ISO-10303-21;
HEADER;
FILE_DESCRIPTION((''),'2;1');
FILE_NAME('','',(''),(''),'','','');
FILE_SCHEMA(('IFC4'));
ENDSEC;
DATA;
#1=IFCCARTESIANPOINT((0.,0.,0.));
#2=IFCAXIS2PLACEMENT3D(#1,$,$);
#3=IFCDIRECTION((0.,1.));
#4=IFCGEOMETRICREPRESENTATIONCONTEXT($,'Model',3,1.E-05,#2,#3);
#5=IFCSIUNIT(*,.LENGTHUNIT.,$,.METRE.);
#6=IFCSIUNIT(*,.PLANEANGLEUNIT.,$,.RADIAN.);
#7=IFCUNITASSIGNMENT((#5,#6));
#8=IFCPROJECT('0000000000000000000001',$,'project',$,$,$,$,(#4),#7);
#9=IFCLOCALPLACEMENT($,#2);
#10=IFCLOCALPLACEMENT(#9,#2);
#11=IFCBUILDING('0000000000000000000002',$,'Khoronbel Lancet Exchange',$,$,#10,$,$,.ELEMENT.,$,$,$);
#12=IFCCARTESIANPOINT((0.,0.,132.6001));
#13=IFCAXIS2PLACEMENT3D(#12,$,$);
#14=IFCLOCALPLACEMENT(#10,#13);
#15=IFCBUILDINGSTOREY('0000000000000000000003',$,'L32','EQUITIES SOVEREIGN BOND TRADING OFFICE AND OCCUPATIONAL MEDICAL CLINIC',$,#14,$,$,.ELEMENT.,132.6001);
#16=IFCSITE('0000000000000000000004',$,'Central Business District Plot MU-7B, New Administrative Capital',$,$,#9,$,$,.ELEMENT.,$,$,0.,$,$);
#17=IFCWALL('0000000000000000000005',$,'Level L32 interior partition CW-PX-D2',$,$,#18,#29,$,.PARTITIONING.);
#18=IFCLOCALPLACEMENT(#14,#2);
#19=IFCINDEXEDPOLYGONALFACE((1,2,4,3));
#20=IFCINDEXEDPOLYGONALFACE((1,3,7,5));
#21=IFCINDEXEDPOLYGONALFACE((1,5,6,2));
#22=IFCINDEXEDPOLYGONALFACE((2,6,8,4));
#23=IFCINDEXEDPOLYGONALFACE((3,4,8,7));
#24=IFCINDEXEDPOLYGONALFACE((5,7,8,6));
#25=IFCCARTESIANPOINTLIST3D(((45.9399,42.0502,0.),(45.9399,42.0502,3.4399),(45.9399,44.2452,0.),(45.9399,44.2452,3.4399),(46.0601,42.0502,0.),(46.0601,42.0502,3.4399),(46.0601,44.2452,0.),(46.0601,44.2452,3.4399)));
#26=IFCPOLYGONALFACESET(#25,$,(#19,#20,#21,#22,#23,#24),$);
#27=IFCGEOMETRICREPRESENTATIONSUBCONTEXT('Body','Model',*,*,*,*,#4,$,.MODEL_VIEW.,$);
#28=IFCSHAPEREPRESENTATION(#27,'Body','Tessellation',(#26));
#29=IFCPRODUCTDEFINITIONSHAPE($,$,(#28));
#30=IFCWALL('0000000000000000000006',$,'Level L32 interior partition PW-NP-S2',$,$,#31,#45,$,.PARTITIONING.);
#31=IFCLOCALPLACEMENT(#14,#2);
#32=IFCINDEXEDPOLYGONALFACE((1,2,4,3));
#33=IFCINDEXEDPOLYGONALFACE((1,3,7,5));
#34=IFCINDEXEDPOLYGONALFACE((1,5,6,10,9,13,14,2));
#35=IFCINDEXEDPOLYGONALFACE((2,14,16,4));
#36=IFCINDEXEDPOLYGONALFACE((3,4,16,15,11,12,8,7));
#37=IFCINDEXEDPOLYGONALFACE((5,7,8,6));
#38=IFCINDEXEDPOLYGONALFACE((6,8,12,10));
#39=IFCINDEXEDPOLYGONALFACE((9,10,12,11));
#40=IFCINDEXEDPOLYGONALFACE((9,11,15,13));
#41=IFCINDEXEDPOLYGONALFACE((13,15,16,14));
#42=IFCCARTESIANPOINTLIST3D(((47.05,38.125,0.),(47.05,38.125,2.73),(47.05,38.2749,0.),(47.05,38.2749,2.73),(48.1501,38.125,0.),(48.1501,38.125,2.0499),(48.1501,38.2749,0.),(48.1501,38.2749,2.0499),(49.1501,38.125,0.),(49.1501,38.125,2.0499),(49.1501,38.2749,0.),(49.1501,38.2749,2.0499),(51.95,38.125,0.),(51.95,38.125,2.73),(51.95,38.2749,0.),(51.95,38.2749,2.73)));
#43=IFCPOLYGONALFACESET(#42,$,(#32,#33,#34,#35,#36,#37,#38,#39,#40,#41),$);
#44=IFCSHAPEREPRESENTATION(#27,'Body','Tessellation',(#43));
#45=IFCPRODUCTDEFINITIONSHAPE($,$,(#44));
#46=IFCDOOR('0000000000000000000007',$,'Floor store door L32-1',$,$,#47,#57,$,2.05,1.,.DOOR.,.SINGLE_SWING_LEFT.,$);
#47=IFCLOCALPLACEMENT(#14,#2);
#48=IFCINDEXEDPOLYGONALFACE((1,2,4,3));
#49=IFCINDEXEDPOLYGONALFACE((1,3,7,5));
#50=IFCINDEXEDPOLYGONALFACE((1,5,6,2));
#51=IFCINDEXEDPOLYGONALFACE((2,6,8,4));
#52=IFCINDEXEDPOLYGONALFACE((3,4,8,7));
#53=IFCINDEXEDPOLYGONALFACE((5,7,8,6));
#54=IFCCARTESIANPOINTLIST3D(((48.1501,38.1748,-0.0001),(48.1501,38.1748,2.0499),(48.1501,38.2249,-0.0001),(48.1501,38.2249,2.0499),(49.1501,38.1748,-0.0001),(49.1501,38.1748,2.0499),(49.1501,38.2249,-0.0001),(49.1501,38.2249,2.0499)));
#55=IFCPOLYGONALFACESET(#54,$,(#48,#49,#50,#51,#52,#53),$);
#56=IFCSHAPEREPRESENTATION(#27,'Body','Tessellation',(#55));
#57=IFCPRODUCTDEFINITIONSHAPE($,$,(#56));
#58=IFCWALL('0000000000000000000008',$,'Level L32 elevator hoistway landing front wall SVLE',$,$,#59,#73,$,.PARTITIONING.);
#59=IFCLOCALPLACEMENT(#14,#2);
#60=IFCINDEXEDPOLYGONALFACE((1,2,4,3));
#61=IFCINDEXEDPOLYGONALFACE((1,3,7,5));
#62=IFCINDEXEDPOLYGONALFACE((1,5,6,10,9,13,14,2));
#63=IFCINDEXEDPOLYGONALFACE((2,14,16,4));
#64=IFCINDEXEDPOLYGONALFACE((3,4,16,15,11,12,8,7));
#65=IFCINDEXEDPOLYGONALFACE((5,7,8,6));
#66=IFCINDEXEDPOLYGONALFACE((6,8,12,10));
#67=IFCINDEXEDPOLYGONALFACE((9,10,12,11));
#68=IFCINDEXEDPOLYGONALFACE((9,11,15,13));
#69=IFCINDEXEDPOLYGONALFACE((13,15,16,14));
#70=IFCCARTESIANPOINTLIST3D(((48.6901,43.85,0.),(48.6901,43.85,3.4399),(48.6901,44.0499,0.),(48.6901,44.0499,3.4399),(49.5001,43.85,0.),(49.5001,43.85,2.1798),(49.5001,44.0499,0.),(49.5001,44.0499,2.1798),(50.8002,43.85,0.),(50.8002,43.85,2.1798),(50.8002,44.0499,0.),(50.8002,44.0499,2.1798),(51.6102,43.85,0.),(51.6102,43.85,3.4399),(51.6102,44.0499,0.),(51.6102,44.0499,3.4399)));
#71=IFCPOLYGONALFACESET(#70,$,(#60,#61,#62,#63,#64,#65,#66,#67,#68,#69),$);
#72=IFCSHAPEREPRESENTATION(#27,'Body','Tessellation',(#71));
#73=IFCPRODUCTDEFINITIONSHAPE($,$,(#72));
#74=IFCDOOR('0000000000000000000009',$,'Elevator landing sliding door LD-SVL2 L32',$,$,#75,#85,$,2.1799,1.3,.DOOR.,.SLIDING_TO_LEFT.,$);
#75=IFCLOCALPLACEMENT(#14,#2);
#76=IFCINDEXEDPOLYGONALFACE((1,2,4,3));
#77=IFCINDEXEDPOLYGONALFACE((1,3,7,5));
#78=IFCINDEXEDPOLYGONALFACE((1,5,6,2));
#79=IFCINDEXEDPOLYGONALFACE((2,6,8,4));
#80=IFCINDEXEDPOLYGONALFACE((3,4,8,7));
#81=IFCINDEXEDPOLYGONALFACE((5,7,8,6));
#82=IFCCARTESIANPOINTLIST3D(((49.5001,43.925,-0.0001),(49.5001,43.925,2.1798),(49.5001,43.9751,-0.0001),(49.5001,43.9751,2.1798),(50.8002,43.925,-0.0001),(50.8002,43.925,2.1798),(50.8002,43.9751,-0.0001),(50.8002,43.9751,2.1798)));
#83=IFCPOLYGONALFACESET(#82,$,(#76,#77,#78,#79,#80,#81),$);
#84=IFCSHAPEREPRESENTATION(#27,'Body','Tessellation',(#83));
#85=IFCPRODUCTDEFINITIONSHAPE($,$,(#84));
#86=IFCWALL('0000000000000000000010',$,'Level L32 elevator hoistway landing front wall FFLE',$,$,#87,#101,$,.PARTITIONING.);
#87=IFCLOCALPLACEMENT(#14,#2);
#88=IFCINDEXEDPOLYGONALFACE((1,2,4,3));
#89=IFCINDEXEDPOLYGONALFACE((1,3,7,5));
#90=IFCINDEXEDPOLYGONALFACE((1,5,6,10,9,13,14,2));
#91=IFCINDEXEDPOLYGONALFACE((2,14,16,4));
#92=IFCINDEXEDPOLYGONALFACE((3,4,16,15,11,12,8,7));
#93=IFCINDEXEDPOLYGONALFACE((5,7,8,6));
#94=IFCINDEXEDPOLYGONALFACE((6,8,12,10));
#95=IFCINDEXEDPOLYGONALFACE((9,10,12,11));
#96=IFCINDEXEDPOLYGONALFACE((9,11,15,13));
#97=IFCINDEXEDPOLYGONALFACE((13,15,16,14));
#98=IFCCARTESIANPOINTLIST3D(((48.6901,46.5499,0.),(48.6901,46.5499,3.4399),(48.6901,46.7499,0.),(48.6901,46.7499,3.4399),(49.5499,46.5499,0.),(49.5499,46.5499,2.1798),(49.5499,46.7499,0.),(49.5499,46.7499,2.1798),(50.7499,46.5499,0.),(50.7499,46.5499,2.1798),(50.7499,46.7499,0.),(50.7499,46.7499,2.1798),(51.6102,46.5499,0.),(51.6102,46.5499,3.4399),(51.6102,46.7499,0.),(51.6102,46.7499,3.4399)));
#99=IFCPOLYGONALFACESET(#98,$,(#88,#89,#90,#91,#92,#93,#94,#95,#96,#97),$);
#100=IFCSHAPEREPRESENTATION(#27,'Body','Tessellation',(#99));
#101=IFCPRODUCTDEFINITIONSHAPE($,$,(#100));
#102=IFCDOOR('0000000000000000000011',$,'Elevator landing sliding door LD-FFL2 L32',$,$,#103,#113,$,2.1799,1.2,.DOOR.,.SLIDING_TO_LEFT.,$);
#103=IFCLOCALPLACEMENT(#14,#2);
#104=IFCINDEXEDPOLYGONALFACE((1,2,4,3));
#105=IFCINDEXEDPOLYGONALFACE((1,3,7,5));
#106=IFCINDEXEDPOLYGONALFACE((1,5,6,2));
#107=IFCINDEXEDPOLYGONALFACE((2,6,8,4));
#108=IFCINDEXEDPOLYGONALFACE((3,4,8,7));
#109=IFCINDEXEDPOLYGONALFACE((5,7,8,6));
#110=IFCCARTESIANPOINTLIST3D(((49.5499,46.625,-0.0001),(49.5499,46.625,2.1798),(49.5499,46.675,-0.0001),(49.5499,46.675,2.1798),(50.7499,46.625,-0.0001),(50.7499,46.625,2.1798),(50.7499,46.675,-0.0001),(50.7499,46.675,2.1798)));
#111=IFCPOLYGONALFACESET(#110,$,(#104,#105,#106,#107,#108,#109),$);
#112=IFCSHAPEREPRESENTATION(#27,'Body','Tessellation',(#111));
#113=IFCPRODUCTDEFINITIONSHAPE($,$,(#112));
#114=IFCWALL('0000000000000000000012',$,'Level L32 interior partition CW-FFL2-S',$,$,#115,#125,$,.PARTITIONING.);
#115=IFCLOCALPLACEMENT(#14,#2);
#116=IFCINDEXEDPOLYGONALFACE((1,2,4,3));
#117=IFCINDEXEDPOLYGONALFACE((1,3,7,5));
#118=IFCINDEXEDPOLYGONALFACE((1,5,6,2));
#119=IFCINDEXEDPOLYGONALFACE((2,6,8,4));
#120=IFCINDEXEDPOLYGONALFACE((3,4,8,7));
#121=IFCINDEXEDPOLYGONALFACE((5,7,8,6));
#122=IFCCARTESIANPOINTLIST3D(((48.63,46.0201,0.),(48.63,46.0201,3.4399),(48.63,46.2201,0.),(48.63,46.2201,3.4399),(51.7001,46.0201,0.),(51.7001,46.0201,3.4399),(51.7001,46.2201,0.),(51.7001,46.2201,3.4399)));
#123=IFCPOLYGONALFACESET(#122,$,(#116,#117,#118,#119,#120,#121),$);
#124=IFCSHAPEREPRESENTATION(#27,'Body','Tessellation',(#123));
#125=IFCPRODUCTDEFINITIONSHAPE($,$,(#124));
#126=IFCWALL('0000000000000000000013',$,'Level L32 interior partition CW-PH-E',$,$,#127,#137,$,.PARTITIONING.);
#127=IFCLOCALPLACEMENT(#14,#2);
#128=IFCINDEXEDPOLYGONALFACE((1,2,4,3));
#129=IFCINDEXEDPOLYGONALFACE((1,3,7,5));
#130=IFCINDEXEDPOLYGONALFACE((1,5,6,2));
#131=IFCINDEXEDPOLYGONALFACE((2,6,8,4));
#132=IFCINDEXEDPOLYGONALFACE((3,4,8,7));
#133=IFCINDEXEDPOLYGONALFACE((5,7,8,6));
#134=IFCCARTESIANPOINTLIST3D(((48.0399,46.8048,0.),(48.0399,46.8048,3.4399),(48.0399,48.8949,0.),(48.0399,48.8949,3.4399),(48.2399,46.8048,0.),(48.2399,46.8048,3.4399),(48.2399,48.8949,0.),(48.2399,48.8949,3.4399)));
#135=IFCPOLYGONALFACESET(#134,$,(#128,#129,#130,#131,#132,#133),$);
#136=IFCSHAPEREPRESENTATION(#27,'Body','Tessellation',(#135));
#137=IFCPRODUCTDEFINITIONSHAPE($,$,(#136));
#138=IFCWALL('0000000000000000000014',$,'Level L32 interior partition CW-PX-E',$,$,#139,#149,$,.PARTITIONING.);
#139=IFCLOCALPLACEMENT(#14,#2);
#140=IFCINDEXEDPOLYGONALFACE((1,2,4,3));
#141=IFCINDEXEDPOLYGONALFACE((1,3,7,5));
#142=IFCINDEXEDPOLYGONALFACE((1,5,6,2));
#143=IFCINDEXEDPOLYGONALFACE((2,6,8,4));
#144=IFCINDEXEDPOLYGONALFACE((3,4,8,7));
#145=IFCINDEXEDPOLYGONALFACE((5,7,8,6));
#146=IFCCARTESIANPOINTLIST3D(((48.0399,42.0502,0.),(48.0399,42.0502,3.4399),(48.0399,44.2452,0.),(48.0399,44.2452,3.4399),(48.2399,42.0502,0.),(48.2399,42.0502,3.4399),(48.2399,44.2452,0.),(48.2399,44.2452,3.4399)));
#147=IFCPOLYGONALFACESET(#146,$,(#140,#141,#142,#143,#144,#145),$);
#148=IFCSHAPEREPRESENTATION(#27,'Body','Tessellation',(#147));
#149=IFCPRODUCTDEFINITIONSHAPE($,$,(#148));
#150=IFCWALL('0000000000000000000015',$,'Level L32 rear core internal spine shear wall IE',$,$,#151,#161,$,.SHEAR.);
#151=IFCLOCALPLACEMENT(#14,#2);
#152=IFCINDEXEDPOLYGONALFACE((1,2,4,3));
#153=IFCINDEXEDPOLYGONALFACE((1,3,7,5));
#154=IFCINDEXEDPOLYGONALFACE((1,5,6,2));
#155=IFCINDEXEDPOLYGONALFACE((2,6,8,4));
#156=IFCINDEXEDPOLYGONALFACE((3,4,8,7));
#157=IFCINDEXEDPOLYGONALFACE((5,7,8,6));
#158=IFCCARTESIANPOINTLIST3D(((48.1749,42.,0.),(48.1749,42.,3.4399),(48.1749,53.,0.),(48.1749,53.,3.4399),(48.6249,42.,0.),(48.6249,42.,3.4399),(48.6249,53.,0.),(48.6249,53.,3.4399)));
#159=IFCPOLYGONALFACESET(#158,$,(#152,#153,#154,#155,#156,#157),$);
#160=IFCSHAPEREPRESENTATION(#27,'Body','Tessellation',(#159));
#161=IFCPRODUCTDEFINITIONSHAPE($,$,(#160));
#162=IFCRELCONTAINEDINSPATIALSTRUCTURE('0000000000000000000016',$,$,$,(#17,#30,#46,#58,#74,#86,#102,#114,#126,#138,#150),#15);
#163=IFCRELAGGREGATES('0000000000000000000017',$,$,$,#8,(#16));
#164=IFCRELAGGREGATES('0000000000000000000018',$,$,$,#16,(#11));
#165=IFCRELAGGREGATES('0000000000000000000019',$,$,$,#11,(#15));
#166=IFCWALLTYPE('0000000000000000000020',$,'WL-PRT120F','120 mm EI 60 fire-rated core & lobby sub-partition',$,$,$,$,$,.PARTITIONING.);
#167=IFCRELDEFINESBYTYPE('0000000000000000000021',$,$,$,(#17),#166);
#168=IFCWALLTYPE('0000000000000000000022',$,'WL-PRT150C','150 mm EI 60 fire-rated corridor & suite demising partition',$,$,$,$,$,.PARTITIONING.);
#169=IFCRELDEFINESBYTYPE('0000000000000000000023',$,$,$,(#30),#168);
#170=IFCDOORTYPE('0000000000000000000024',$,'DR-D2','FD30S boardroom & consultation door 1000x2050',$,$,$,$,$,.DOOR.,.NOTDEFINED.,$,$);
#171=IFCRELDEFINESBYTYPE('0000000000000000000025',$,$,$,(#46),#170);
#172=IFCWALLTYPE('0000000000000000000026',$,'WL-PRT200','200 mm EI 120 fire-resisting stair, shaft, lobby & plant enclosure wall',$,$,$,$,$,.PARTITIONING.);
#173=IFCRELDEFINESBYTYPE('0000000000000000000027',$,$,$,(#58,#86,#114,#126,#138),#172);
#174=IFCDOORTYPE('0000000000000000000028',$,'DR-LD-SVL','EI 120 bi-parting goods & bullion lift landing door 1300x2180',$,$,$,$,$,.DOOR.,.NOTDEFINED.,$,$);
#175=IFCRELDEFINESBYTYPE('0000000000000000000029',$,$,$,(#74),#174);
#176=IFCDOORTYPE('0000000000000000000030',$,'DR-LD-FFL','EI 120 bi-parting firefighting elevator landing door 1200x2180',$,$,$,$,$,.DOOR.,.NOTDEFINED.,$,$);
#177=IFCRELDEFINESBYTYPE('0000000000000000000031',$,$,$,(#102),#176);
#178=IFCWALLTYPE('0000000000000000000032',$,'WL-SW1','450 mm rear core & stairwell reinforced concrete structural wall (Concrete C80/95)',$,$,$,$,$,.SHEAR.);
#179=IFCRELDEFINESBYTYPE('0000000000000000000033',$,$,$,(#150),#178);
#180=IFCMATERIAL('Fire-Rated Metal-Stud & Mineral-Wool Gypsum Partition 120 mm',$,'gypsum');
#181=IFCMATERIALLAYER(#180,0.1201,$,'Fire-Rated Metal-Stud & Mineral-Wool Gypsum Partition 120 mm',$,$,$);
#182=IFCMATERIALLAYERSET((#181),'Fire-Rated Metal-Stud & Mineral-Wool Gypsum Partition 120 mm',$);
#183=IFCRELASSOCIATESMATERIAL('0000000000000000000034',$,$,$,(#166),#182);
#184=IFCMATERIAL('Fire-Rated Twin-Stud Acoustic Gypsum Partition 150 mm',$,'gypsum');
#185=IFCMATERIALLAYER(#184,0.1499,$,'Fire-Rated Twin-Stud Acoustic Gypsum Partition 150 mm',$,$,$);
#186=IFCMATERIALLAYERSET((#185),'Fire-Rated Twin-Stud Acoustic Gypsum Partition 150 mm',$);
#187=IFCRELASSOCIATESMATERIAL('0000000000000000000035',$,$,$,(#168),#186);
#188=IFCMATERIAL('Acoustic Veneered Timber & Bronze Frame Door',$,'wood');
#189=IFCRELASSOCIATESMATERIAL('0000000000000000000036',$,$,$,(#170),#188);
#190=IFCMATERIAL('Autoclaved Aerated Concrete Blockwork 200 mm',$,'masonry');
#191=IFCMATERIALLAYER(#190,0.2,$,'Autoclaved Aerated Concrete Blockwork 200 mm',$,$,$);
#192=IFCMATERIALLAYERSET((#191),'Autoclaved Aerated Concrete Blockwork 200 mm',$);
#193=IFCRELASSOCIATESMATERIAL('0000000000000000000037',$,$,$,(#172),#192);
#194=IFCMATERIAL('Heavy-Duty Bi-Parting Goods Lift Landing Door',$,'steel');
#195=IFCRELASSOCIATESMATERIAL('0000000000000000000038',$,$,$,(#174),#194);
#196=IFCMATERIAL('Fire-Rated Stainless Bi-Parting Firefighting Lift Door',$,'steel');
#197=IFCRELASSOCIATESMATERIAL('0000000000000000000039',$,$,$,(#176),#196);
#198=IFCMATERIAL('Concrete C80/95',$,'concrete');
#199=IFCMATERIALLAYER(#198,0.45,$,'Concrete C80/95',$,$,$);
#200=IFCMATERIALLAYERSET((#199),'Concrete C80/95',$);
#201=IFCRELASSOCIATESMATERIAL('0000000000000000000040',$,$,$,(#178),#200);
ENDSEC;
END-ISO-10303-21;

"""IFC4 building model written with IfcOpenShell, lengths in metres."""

from ifc_helpers import new_model, si_unit, direction, frame, frame_2d, origin, place, context, subcontext, project, spatial, rectangle, extrude, material, layer, layer_set, type_object, element, fill, save


model = new_model("IFC4")

# Units and contexts
model_context = context("Model", 3, precision=1e-05, world=origin(), true_north=direction((0.0, 1.0)))
body_context = subcontext(model_context, "Body", "Model", "MODEL_VIEW")
ifc_project = project(units=[si_unit("LENGTHUNIT", "METRE"), si_unit("PLANEANGLEUNIT", "RADIAN")], contexts=[model_context])

# Site, building, storey
site_placement = place(None, origin())
site = spatial("IfcSite", under=ifc_project, at=site_placement, Name="Central Business District Plot MU-7B, New Administrative Capital", CompositionType="ELEMENT", RefElevation=0.0)
building_placement = place(site_placement, origin())
building = spatial("IfcBuilding", under=site, at=building_placement, Name="Khoronbel Lancet Exchange", CompositionType="ELEMENT")
storey_placement = place(building_placement, frame((0.0, 0.0, 132.6001)))
storey = spatial("IfcBuildingStorey", under=building, at=storey_placement, Name="L32", Description="EQUITIES SOVEREIGN BOND TRADING OFFICE AND OCCUPATIONAL MEDICAL CLINIC", CompositionType="ELEMENT", Elevation=132.6001)

# Wall
ifc_material_1 = material(Name="Fire-Rated Metal-Stud & Mineral-Wool Gypsum Partition 120 mm", Category="gypsum")
ifc_layer_1 = layer(ifc_material_1, 0.1201, Name="Fire-Rated Metal-Stud & Mineral-Wool Gypsum Partition 120 mm")
ifc_layer_set_1 = layer_set([ifc_layer_1], Name="Fire-Rated Metal-Stud & Mineral-Wool Gypsum Partition 120 mm")
wall_type_1 = type_object("IfcWallType", Name="WL-PRT120F", Description="120 mm EI 60 fire-rated core & lobby sub-partition", PredefinedType="PARTITIONING", material=ifc_layer_set_1)
for number, where, z_axis, x_axis, name in (
    (1, (46.0, 42.05, 0.0), (0.0, 0.0, 1.0), (0.0, 1.0, 0.0), "Level L32 interior partition CW-PX-D2"),
):
    element("IfcWall", number, at=place(storey_placement, frame(where, z_axis=z_axis, x_axis=x_axis)), inside=storey, type_object=wall_type_1, Name=name, PredefinedType="PARTITIONING", context=body_context, shape_type="SweptSolid", body=[
        extrude(rectangle(XDim=2.1951, YDim=0.1201, at=frame_2d((1.0977, 0.0))), origin(), (0.0, 0.0, 1.0), 3.4399),
    ])

# Walls, openings, doors
ifc_material_2 = material(Name="Fire-Rated Twin-Stud Acoustic Gypsum Partition 150 mm", Category="gypsum")
ifc_layer_2 = layer(ifc_material_2, 0.1499, Name="Fire-Rated Twin-Stud Acoustic Gypsum Partition 150 mm")
ifc_layer_set_2 = layer_set([ifc_layer_2], Name="Fire-Rated Twin-Stud Acoustic Gypsum Partition 150 mm")
wall_type_2 = type_object("IfcWallType", Name="WL-PRT150C", Description="150 mm EI 60 fire-rated corridor & suite demising partition", PredefinedType="PARTITIONING", material=ifc_layer_set_2)
wall_1_placement = place(storey_placement, frame((47.05, 38.2, 0.0), z_axis=(0.0, 0.0, 1.0), x_axis=(1.0, 0.0, 0.0)))
wall_1 = element("IfcWall", 2, at=wall_1_placement, inside=storey, type_object=wall_type_2, Name="Level L32 interior partition PW-NP-S2", PredefinedType="PARTITIONING", context=body_context, shape_type="SweptSolid", body=[
    extrude(rectangle(XDim=4.8999, YDim=0.1499, at=frame_2d((2.45, 0.0))), origin(), (0.0, 0.0, 1.0), 2.73),
])
opening_1_placement = place(wall_1_placement, frame((1.1001, 0.0, 0.0)))
opening_1 = element("IfcOpeningElement", 3, at=opening_1_placement, cuts=wall_1, PredefinedType="OPENING", context=body_context, shape_type="SweptSolid", body=[
    extrude(rectangle(XDim=1.0, YDim=2.05, at=frame_2d((0.5, 1.0249))), frame((0.0, 0.085, 0.0), z_axis=(0.0, -1.0, 0.0), x_axis=(1.0, 0.0, 0.0)), (0.0, 0.0, 1.0), 0.1699),
])
ifc_material_3 = material(Name="Acoustic Veneered Timber & Bronze Frame Door", Category="wood")
door_type_1 = type_object("IfcDoorType", Name="DR-D2", Description="FD30S boardroom & consultation door 1000x2050", OperationType="NOTDEFINED", PredefinedType="DOOR", material=ifc_material_3)
door_1_placement = place(opening_1_placement, origin())
door_1 = element("IfcDoor", 4, at=door_1_placement, inside=storey, type_object=door_type_1, Name="Floor store door L32-1", OperationType="SINGLE_SWING_LEFT", OverallHeight=2.05, OverallWidth=1.0, PredefinedType="DOOR", context=body_context, shape_type="SweptSolid", body=[
    extrude(rectangle(XDim=1.0, YDim=2.05, at=frame_2d((0.5, 1.0249))), frame((0.0, 0.0249, 0.0), z_axis=(0.0, -1.0, 0.0), x_axis=(1.0, 0.0, 0.0)), (0.0, 0.0, 1.0), 0.05),
])
fill(opening_1, door_1)
ifc_material_4 = material(Name="Autoclaved Aerated Concrete Blockwork 200 mm", Category="masonry")
ifc_layer_3 = layer(ifc_material_4, 0.2, Name="Autoclaved Aerated Concrete Blockwork 200 mm")
ifc_layer_set_3 = layer_set([ifc_layer_3], Name="Autoclaved Aerated Concrete Blockwork 200 mm")
wall_type_3 = type_object("IfcWallType", Name="WL-PRT200", Description="200 mm EI 120 fire-resisting stair, shaft, lobby & plant enclosure wall", PredefinedType="PARTITIONING", material=ifc_layer_set_3)
wall_2_placement = place(storey_placement, frame((51.6101, 43.95, 0.0), z_axis=(0.0, 0.0, 1.0), x_axis=(-1.0, 0.0, 0.0)))
wall_2 = element("IfcWall", 5, at=wall_2_placement, inside=storey, type_object=wall_type_3, Name="Level L32 elevator hoistway landing front wall SVLE", PredefinedType="PARTITIONING", context=body_context, shape_type="SweptSolid", body=[
    extrude(rectangle(XDim=2.9202, YDim=0.2, at=frame_2d((1.46, 0.0))), origin(), (0.0, 0.0, 1.0), 3.4399),
])
opening_2_placement = place(wall_2_placement, frame((0.8101, 0.0, 0.0)))
opening_2 = element("IfcOpeningElement", 6, at=opening_2_placement, cuts=wall_2, PredefinedType="OPENING", context=body_context, shape_type="SweptSolid", body=[
    extrude(rectangle(XDim=1.3, YDim=2.1799, at=frame_2d((0.6499, 1.0898))), frame((0.0, 0.1099, 0.0), z_axis=(0.0, -1.0, 0.0), x_axis=(1.0, 0.0, 0.0)), (0.0, 0.0, 1.0), 0.22),
])
ifc_material_5 = material(Name="Heavy-Duty Bi-Parting Goods Lift Landing Door", Category="steel")
door_type_2 = type_object("IfcDoorType", Name="DR-LD-SVL", Description="EI 120 bi-parting goods & bullion lift landing door 1300x2180", OperationType="NOTDEFINED", PredefinedType="DOOR", material=ifc_material_5)
door_2_placement = place(opening_2_placement, origin())
door_2 = element("IfcDoor", 7, at=door_2_placement, inside=storey, type_object=door_type_2, Name="Elevator landing sliding door LD-SVL2 L32", OperationType="SLIDING_TO_LEFT", OverallHeight=2.1799, OverallWidth=1.3, PredefinedType="DOOR", context=body_context, shape_type="SweptSolid", body=[
    extrude(rectangle(XDim=1.3, YDim=2.1799, at=frame_2d((0.6499, 1.0898))), frame((0.0, 0.0249, 0.0), z_axis=(0.0, -1.0, 0.0), x_axis=(1.0, 0.0, 0.0)), (0.0, 0.0, 1.0), 0.05),
])
fill(opening_2, door_2)
wall_3_placement = place(storey_placement, frame((51.6101, 46.6499, 0.0), z_axis=(0.0, 0.0, 1.0), x_axis=(-1.0, 0.0, 0.0)))
wall_3 = element("IfcWall", 8, at=wall_3_placement, inside=storey, type_object=wall_type_3, Name="Level L32 elevator hoistway landing front wall FFLE", PredefinedType="PARTITIONING", context=body_context, shape_type="SweptSolid", body=[
    extrude(rectangle(XDim=2.9202, YDim=0.2, at=frame_2d((1.46, 0.0))), origin(), (0.0, 0.0, 1.0), 3.4399),
])
opening_3_placement = place(wall_3_placement, frame((0.8601, 0.0, 0.0)))
opening_3 = element("IfcOpeningElement", 9, at=opening_3_placement, cuts=wall_3, PredefinedType="OPENING", context=body_context, shape_type="SweptSolid", body=[
    extrude(rectangle(XDim=1.2, YDim=2.1799, at=frame_2d((0.6001, 1.0898))), frame((0.0, 0.1099, 0.0), z_axis=(0.0, -1.0, 0.0), x_axis=(1.0, 0.0, 0.0)), (0.0, 0.0, 1.0), 0.22),
])
ifc_material_6 = material(Name="Fire-Rated Stainless Bi-Parting Firefighting Lift Door", Category="steel")
door_type_3 = type_object("IfcDoorType", Name="DR-LD-FFL", Description="EI 120 bi-parting firefighting elevator landing door 1200x2180", OperationType="NOTDEFINED", PredefinedType="DOOR", material=ifc_material_6)
door_3_placement = place(opening_3_placement, origin())
door_3 = element("IfcDoor", 10, at=door_3_placement, inside=storey, type_object=door_type_3, Name="Elevator landing sliding door LD-FFL2 L32", OperationType="SLIDING_TO_LEFT", OverallHeight=2.1799, OverallWidth=1.2, PredefinedType="DOOR", context=body_context, shape_type="SweptSolid", body=[
    extrude(rectangle(XDim=1.2, YDim=2.1799, at=frame_2d((0.6001, 1.0898))), frame((0.0, 0.0249, 0.0), z_axis=(0.0, -1.0, 0.0), x_axis=(1.0, 0.0, 0.0)), (0.0, 0.0, 1.0), 0.05),
])
fill(opening_3, door_3)

# Wall
wall_4_placement = place(storey_placement, frame((48.6299, 46.1201, 0.0), z_axis=(0.0, 0.0, 1.0), x_axis=(1.0, 0.0, 0.0)))
element("IfcWall", 11, at=wall_4_placement, inside=storey, type_object=wall_type_3, Name="Level L32 interior partition CW-FFL2-S", PredefinedType="PARTITIONING", context=body_context, shape_type="SweptSolid", body=[
    extrude(rectangle(XDim=3.0701, YDim=0.2, at=frame_2d((1.5352, 0.0))), origin(), (0.0, 0.0, 1.0), 3.4399),
])

# Walls
wall_5_placement = place(storey_placement, frame((48.1399, 46.8049, 0.0), z_axis=(0.0, 0.0, 1.0), x_axis=(0.0, 1.0, 0.0)))
element("IfcWall", 12, at=wall_5_placement, inside=storey, type_object=wall_type_3, Name="Level L32 interior partition CW-PH-E", PredefinedType="PARTITIONING", context=body_context, shape_type="SweptSolid", body=[
    extrude(rectangle(XDim=2.0901, YDim=0.2, at=frame_2d((1.0449, 0.0))), origin(), (0.0, 0.0, 1.0), 3.4399),
])
wall_6_placement = place(storey_placement, frame((48.1399, 42.05, 0.0), z_axis=(0.0, 0.0, 1.0), x_axis=(0.0, 1.0, 0.0)))
element("IfcWall", 13, at=wall_6_placement, inside=storey, type_object=wall_type_3, Name="Level L32 interior partition CW-PX-E", PredefinedType="PARTITIONING", context=body_context, shape_type="SweptSolid", body=[
    extrude(rectangle(XDim=2.1951, YDim=0.2, at=frame_2d((1.0977, 0.0))), origin(), (0.0, 0.0, 1.0), 3.4399),
])
ifc_material_7 = material(Name="Concrete C80/95", Category="concrete")
ifc_layer_4 = layer(ifc_material_7, 0.45, Name="Concrete C80/95")
ifc_layer_set_4 = layer_set([ifc_layer_4], Name="Concrete C80/95")
wall_type_4 = type_object("IfcWallType", Name="WL-SW1", Description="450 mm rear core & stairwell reinforced concrete structural wall (Concrete C80/95)", PredefinedType="SHEAR", material=ifc_layer_set_4)
wall_7_placement = place(storey_placement, frame((48.3999, 42.0, 0.0), z_axis=(0.0, 0.0, 1.0), x_axis=(0.0, 1.0, 0.0)))
element("IfcWall", 14, at=wall_7_placement, inside=storey, type_object=wall_type_4, Name="Level L32 rear core internal spine shear wall IE", PredefinedType="SHEAR", context=body_context, shape_type="SweptSolid", body=[
    extrude(rectangle(XDim=11.0, YDim=0.45, at=frame_2d((5.5, 0.0))), origin(), (0.0, 0.0, 1.0), 3.4399),
])

save(model, "model.ifc")
